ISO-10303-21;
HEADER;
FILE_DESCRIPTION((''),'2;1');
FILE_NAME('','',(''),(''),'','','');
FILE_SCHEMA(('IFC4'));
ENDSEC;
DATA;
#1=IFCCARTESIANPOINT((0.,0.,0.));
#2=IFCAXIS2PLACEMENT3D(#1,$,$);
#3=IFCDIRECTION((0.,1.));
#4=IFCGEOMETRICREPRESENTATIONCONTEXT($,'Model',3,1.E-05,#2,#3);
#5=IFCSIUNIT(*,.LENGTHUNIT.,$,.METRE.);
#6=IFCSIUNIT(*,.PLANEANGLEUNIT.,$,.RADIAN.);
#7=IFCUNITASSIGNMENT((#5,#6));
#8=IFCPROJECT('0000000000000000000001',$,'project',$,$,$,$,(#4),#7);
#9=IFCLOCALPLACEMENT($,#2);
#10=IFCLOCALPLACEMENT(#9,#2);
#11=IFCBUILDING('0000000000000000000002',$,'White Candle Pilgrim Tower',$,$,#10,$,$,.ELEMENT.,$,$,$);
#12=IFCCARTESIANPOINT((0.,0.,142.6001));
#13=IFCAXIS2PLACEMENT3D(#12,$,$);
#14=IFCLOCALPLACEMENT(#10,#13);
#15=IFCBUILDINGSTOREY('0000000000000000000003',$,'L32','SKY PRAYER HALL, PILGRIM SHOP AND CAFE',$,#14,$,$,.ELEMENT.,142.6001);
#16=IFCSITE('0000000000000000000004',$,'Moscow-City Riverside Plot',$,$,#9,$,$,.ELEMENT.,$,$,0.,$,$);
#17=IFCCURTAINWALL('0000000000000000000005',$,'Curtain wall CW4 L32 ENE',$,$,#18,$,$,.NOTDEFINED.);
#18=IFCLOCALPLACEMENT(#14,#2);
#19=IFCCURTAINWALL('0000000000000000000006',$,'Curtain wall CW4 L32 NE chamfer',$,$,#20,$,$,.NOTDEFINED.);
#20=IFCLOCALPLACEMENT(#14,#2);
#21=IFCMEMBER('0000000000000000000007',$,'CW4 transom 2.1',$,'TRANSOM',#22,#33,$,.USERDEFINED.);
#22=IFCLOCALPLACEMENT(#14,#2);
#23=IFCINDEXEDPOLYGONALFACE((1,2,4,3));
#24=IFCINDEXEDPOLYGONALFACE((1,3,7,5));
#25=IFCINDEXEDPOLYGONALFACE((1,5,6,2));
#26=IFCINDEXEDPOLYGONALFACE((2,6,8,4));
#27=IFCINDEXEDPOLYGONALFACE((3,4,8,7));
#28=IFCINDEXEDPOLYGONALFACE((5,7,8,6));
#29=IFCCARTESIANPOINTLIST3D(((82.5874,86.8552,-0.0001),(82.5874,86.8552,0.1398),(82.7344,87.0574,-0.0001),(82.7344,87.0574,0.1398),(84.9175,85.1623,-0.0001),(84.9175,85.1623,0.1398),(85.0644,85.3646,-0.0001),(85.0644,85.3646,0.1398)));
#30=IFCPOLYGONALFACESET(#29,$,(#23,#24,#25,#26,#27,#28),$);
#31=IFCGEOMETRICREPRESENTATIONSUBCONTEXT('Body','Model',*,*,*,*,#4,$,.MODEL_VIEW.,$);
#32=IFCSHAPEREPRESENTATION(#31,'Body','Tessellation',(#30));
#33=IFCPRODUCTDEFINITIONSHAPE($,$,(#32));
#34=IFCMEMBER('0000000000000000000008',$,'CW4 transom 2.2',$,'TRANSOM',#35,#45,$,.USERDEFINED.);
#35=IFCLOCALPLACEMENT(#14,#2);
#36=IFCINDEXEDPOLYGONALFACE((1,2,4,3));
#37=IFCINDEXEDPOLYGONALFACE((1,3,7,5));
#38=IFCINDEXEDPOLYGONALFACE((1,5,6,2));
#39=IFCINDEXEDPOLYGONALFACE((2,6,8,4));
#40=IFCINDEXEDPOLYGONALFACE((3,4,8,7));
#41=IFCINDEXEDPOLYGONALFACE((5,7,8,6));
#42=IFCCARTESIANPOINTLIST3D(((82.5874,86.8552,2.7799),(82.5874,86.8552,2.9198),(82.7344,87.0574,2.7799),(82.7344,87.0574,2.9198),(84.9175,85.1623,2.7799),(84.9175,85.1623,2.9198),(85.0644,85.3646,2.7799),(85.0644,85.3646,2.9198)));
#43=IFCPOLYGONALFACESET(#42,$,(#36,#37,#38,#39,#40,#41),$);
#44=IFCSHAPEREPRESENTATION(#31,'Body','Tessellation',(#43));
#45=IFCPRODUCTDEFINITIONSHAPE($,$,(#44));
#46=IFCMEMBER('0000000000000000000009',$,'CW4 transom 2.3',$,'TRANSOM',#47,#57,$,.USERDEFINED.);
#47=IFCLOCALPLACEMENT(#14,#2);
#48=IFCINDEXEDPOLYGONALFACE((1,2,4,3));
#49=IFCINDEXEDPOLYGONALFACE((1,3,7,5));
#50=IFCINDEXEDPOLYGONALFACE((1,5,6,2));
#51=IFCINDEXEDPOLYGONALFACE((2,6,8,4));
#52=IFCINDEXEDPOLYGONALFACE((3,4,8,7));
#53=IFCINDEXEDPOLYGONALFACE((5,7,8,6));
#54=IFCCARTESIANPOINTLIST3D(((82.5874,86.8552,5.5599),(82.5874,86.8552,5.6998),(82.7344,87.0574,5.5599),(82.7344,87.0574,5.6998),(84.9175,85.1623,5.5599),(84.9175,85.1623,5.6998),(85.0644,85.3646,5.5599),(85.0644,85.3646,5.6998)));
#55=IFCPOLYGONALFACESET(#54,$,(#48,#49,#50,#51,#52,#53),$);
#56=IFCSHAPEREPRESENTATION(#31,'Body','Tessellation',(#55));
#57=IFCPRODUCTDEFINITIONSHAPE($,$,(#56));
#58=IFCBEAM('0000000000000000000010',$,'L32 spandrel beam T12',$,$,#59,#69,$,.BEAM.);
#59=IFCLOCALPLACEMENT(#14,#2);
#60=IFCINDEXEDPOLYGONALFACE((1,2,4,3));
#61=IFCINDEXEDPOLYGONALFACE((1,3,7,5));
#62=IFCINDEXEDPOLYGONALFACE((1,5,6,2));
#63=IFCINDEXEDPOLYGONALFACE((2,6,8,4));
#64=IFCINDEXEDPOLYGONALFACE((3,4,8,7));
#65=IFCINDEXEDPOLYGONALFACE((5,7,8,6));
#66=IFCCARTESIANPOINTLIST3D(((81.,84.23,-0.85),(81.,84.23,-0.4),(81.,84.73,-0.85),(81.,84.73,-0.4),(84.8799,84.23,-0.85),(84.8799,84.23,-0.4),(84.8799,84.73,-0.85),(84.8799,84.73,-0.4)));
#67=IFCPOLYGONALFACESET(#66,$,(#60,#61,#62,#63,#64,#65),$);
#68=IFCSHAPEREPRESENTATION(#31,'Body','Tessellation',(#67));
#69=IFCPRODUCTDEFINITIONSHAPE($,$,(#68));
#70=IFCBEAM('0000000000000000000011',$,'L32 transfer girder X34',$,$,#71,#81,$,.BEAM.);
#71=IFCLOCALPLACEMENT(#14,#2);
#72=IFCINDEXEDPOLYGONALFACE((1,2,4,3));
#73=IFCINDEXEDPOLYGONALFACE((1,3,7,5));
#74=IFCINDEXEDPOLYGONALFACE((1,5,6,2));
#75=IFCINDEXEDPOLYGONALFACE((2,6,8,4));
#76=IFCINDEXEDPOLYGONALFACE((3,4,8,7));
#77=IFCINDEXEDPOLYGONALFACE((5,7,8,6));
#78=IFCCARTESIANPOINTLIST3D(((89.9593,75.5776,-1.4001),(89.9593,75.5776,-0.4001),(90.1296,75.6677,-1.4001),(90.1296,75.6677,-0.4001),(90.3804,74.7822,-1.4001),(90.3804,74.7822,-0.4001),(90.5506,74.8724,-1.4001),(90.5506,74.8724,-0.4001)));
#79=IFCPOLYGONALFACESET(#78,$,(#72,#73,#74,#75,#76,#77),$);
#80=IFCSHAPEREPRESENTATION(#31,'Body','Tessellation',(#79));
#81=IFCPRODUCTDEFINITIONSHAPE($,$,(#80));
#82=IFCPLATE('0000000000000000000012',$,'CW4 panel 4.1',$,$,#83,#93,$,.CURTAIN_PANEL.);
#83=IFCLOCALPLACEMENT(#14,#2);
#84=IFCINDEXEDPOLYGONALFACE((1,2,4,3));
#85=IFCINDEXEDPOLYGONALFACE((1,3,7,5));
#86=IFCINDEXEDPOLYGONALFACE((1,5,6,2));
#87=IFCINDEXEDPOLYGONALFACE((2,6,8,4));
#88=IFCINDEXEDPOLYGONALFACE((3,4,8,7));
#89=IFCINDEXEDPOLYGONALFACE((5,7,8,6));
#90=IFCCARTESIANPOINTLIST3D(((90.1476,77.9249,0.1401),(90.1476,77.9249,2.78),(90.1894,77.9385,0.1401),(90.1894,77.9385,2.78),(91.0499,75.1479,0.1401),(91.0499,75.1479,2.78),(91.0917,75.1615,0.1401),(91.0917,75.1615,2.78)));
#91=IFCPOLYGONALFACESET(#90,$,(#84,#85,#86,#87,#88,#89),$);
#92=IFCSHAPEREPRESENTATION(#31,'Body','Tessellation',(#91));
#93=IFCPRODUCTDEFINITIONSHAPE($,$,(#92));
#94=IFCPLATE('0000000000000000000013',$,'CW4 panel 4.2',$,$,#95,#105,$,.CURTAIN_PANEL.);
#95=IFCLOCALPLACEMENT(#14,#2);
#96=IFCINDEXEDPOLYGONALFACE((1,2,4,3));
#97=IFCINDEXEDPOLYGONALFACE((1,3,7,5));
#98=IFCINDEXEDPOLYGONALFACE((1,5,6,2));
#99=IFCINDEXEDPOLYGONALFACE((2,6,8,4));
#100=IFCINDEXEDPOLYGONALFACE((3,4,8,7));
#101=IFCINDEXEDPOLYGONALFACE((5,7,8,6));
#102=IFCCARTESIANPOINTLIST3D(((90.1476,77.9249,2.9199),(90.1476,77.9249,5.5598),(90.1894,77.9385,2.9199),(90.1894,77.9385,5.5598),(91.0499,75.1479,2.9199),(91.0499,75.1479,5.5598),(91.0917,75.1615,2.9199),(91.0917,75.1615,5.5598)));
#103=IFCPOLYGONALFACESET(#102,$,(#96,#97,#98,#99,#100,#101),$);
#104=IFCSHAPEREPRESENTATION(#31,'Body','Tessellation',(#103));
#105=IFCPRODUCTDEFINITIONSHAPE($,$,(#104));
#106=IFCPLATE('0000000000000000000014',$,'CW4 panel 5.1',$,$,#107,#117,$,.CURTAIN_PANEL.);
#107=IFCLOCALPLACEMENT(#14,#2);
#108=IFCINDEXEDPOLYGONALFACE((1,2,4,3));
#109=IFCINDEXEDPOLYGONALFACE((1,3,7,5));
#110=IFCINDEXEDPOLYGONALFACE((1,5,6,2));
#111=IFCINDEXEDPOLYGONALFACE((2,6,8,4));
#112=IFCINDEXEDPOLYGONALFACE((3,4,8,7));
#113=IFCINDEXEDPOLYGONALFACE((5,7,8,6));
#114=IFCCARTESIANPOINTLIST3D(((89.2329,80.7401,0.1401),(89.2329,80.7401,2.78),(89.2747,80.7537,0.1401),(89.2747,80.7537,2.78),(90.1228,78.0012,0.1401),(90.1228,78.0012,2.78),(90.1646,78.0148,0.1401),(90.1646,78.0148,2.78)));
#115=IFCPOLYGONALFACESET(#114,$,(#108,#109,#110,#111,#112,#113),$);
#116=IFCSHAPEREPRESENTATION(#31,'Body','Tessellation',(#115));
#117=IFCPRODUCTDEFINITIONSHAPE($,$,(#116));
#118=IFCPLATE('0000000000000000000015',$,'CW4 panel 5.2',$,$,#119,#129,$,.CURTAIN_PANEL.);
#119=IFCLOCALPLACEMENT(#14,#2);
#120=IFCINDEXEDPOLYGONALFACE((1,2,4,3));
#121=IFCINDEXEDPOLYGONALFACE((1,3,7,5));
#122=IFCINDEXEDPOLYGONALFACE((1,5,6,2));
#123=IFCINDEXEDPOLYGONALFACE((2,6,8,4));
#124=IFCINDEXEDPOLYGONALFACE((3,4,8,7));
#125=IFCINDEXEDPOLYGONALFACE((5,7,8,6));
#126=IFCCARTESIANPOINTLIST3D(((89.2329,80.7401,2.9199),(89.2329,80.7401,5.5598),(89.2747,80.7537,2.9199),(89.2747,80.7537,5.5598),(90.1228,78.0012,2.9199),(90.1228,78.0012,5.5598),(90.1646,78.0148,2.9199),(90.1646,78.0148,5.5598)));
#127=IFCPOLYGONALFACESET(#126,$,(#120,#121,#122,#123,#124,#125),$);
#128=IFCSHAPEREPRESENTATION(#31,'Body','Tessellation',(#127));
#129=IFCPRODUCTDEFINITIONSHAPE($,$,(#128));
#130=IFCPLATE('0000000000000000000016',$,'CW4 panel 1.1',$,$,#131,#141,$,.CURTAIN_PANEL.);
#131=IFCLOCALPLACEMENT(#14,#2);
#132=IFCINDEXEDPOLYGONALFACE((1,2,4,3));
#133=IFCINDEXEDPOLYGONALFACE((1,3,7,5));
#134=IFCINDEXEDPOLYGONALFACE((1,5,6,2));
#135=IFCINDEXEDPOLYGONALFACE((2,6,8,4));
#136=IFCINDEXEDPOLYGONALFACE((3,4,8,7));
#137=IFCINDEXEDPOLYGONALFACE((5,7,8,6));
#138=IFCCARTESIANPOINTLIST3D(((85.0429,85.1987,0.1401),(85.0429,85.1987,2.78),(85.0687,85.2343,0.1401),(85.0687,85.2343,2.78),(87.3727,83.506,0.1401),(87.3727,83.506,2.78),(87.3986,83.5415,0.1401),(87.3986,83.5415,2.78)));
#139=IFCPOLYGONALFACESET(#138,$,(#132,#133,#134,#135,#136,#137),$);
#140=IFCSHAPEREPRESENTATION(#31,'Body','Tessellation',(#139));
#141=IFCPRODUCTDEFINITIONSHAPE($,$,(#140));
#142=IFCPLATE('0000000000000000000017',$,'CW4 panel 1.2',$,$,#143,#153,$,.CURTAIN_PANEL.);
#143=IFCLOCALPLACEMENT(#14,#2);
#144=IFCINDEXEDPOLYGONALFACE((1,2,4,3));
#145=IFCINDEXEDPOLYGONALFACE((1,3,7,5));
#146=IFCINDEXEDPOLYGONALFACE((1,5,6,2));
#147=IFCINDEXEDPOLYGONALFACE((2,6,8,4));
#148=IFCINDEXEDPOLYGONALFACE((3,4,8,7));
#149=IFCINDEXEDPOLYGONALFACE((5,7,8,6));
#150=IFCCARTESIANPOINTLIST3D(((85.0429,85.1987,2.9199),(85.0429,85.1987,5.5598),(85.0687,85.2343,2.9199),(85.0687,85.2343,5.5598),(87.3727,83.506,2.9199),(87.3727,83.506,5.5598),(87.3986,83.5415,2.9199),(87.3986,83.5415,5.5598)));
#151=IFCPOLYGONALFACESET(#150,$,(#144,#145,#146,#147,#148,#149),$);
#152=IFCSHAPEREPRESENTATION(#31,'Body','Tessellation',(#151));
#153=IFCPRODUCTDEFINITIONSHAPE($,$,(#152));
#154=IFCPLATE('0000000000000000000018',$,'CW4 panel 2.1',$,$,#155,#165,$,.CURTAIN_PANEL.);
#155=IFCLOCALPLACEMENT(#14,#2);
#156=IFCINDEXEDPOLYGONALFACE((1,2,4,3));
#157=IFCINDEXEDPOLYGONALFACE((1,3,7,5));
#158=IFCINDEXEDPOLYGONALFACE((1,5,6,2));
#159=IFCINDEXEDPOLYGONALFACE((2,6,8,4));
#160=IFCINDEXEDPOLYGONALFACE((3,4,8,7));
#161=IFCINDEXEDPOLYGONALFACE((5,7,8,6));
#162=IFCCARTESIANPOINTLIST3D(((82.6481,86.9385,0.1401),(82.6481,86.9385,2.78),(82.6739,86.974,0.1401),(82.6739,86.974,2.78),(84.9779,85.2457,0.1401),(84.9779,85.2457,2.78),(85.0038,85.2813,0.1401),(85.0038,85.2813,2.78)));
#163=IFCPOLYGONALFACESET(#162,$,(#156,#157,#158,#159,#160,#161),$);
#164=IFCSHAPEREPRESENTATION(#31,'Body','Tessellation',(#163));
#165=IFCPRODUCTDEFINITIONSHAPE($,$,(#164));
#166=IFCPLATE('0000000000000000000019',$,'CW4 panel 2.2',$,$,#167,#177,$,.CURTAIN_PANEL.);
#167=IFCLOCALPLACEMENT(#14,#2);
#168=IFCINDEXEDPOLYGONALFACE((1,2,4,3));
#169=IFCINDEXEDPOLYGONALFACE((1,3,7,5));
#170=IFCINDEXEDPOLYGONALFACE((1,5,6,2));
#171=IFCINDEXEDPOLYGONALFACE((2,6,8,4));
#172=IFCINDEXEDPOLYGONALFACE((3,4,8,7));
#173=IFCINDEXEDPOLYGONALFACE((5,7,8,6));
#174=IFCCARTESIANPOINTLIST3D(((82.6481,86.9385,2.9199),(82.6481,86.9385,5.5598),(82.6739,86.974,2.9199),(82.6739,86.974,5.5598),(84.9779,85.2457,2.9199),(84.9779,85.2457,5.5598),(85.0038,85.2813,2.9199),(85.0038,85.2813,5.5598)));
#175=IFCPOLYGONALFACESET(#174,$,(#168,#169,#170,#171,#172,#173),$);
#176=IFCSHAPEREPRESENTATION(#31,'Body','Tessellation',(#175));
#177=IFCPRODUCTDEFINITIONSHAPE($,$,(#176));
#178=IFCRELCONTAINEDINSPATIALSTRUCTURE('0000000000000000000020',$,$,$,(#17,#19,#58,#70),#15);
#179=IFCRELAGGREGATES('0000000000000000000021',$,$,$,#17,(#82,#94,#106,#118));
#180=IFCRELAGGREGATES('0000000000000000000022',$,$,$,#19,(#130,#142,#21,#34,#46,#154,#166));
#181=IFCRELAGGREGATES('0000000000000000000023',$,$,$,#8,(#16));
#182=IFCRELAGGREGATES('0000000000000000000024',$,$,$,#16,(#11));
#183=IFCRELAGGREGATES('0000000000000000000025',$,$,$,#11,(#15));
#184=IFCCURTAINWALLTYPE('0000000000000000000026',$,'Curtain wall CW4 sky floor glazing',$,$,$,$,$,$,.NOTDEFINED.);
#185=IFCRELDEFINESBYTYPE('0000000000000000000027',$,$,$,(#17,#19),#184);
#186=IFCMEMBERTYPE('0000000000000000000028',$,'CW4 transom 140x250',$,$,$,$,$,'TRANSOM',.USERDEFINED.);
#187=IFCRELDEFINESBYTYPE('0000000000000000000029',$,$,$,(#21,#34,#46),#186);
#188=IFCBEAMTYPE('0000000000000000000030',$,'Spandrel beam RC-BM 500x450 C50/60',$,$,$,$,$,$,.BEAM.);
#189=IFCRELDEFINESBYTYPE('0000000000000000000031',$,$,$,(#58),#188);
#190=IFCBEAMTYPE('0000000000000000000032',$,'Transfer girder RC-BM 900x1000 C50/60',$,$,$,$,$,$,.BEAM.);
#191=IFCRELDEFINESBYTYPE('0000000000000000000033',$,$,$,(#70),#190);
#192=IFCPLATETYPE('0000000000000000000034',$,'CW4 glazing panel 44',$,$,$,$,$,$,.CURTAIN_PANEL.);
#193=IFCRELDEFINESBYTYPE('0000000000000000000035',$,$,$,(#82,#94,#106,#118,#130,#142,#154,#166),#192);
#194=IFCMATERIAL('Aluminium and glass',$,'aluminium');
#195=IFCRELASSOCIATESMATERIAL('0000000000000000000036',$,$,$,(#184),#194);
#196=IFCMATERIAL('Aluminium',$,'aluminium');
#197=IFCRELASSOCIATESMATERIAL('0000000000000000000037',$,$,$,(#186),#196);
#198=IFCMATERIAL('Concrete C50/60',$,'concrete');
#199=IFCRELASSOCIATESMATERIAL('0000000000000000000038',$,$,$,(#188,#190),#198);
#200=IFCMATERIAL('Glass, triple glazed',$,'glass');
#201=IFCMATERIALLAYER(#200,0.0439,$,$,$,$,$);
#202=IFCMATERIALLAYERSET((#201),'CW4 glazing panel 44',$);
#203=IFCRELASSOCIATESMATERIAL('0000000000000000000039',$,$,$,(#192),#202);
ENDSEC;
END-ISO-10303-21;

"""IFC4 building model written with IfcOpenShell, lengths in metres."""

from ifc_helpers import new_model, si_unit, direction, frame, origin, origin_2d, place, context, subcontext, project, spatial, rectangle, extrude, material, layer, layer_set, material_profile, profile_set, type_object, element, aggregate, save


model = new_model("IFC4")

# Units and contexts
model_context = context("Model", 3, precision=1e-05, world=origin(), true_north=direction((0.0, 1.0)))
body_context = subcontext(model_context, "Body", "Model", "MODEL_VIEW")
ifc_project = project(units=[si_unit("LENGTHUNIT", "METRE"), si_unit("PLANEANGLEUNIT", "RADIAN")], contexts=[model_context])

# Site, building, storey
site_placement = place(None, origin())
site = spatial("IfcSite", under=ifc_project, at=site_placement, Name="Moscow-City Riverside Plot", CompositionType="ELEMENT", RefElevation=0.0)
building_placement = place(site_placement, origin())
building = spatial("IfcBuilding", under=site, at=building_placement, Name="White Candle Pilgrim Tower", CompositionType="ELEMENT")
storey_placement = place(building_placement, frame((0.0, 0.0, 142.6001)))
storey = spatial("IfcBuildingStorey", under=building, at=storey_placement, Name="L32", Description="SKY PRAYER HALL, PILGRIM SHOP AND CAFE", CompositionType="ELEMENT", Elevation=142.6001)

# Curtain walls
ifc_material_1 = material(Name="Aluminium and glass", Category="aluminium")
curtain_wall_type = type_object("IfcCurtainWallType", Name="Curtain wall CW4 sky floor glazing", PredefinedType="NOTDEFINED", material=ifc_material_1)
curtain_wall_1_placement = place(storey_placement, origin())
curtain_wall_1 = element("IfcCurtainWall", 1, at=curtain_wall_1_placement, inside=storey, type_object=curtain_wall_type, Name="Curtain wall CW4 L32 ENE", PredefinedType="NOTDEFINED")
ifc_material_2 = material(Name="Aluminium", Category="aluminium")
curtain_wall_2_placement = place(storey_placement, origin())
curtain_wall_2 = element("IfcCurtainWall", 2, at=curtain_wall_2_placement, inside=storey, type_object=curtain_wall_type, Name="Curtain wall CW4 L32 NE chamfer", PredefinedType="NOTDEFINED")

# Members
ifc_material_profile_1 = material_profile(ifc_material_2, rectangle(XDim=0.25, YDim=0.1399, at=origin_2d()), Name="CW4 transom 140x250")
ifc_profile_set_1 = profile_set([ifc_material_profile_1], Name="Aluminium")
member_type_1 = type_object("IfcMemberType", Name="CW4 transom 140x250", ElementType="TRANSOM", PredefinedType="USERDEFINED", material=ifc_profile_set_1)
member_1_placement = place(storey_placement, frame((84.991, 85.2634, 0.0698), z_axis=(-0.809022, 0.587778, 0.0), x_axis=(-0.587778, -0.809022, 0.0)))
member_1 = element("IfcMember", 3, at=member_1_placement, type_object=member_type_1, Name="CW4 transom 2.1", ObjectType="TRANSOM", PredefinedType="USERDEFINED", context=body_context, shape_type="SweptSolid", body=[
    extrude(rectangle(XDim=0.25, YDim=0.1399, at=origin_2d()), origin(), (0.0, 0.0, 1.0), 2.8801),
])
member_2_placement = place(storey_placement, frame((84.991, 85.2634, 2.8499), z_axis=(-0.809022, 0.587778, 0.0), x_axis=(-0.587778, -0.809022, 0.0)))
member_2 = element("IfcMember", 4, at=member_2_placement, type_object=member_type_1, Name="CW4 transom 2.2", ObjectType="TRANSOM", PredefinedType="USERDEFINED", context=body_context, shape_type="SweptSolid", body=[
    extrude(rectangle(XDim=0.25, YDim=0.1399, at=origin_2d()), origin(), (0.0, 0.0, 1.0), 2.8801),
])
member_3_placement = place(storey_placement, frame((84.991, 85.2634, 5.6299), z_axis=(-0.809022, 0.587778, 0.0), x_axis=(-0.587778, -0.809022, 0.0)))
member_3 = element("IfcMember", 5, at=member_3_placement, type_object=member_type_1, Name="CW4 transom 2.3", ObjectType="TRANSOM", PredefinedType="USERDEFINED", context=body_context, shape_type="SweptSolid", body=[
    extrude(rectangle(XDim=0.25, YDim=0.1399, at=origin_2d()), origin(), (0.0, 0.0, 1.0), 2.8801),
])

# Beams
ifc_material_3 = material(Name="Concrete C50/60", Category="concrete")
ifc_material_profile_2 = material_profile(ifc_material_3, rectangle(XDim=0.5, YDim=0.45, at=origin_2d()), Name="RC-BM 500x450")
ifc_profile_set_2 = profile_set([ifc_material_profile_2], Name="Concrete C50/60")
beam_type_1 = type_object("IfcBeamType", Name="Spandrel beam RC-BM 500x450 C50/60", PredefinedType="BEAM", material=ifc_profile_set_2)
beam_1_placement = place(storey_placement, frame((84.8799, 84.48, -0.625), z_axis=(-1.0, 0.0, 0.0), x_axis=(0.0, -1.0, 0.0)))
element("IfcBeam", 6, at=beam_1_placement, inside=storey, type_object=beam_type_1, Name="L32 spandrel beam T12", PredefinedType="BEAM", context=body_context, shape_type="SweptSolid", body=[
    extrude(rectangle(XDim=0.5, YDim=0.45, at=origin_2d()), origin(), (0.0, 0.0, 1.0), 3.8799),
])
ifc_material_profile_3 = material_profile(ifc_material_3, rectangle(XDim=0.8999, YDim=1.0, at=origin_2d()), Name="RC-BM 900x1000")
ifc_profile_set_3 = profile_set([ifc_material_profile_3], Name="Concrete C50/60")
beam_type_2 = type_object("IfcBeamType", Name="Transfer girder RC-BM 900x1000 C50/60", PredefinedType="BEAM", material=ifc_profile_set_3)
beam_2_placement = place(storey_placement, frame((90.3401, 75.27, -0.9001), z_axis=(-0.883788, -0.467888, 0.0), x_axis=(0.467888, -0.883788, 0.0)))
element("IfcBeam", 7, at=beam_2_placement, inside=storey, type_object=beam_type_2, Name="L32 transfer girder X34", PredefinedType="BEAM", context=body_context, shape_type="SweptSolid", body=[
    extrude(rectangle(XDim=0.8999, YDim=1.0, at=origin_2d()), origin(), (0.0, 0.0, 1.0), 0.1926),
])

# Plates
ifc_material_4 = material(Name="Glass, triple glazed", Category="glass")
ifc_layer_1 = layer(ifc_material_4, 0.0439)
ifc_layer_set_1 = layer_set([ifc_layer_1], Name="CW4 glazing panel 44")
plate_type = type_object("IfcPlateType", Name="CW4 glazing panel 44", PredefinedType="CURTAIN_PANEL", material=ifc_layer_set_1)
plate_1_placement = place(storey_placement, frame((90.6196, 76.5432, 0.1401), z_axis=(0.0, 0.0, 1.0), x_axis=(-0.309017, 0.951057, 0.0)))
plate_1 = element("IfcPlate", 8, at=plate_1_placement, type_object=plate_type, Name="CW4 panel 4.1", PredefinedType="CURTAIN_PANEL", context=body_context, shape_type="SweptSolid", body=[
    extrude(rectangle(XDim=2.9199, YDim=0.0439, at=origin_2d()), origin(), (0.0, 0.0, 1.0), 2.6399),
])
plate_2_placement = place(storey_placement, frame((90.6196, 76.5432, 2.9199), z_axis=(0.0, 0.0, 1.0), x_axis=(-0.309017, 0.951057, 0.0)))
plate_2 = element("IfcPlate", 9, at=plate_2_placement, type_object=plate_type, Name="CW4 panel 4.2", PredefinedType="CURTAIN_PANEL", context=body_context, shape_type="SweptSolid", body=[
    extrude(rectangle(XDim=2.9199, YDim=0.0439, at=origin_2d()), origin(), (0.0, 0.0, 1.0), 2.6399),
])
plate_3_placement = place(storey_placement, frame((89.6987, 79.3774, 0.1401), z_axis=(0.0, 0.0, 1.0), x_axis=(-0.309017, 0.951057, 0.0)))
plate_3 = element("IfcPlate", 10, at=plate_3_placement, type_object=plate_type, Name="CW4 panel 5.1", PredefinedType="CURTAIN_PANEL", context=body_context, shape_type="SweptSolid", body=[
    extrude(rectangle(XDim=2.8799, YDim=0.0439, at=origin_2d()), origin(), (0.0, 0.0, 1.0), 2.6399),
])
plate_4_placement = place(storey_placement, frame((89.6987, 79.3774, 2.9199), z_axis=(0.0, 0.0, 1.0), x_axis=(-0.309017, 0.951057, 0.0)))
plate_4 = element("IfcPlate", 11, at=plate_4_placement, type_object=plate_type, Name="CW4 panel 5.2", PredefinedType="CURTAIN_PANEL", context=body_context, shape_type="SweptSolid", body=[
    extrude(rectangle(XDim=2.8799, YDim=0.0439, at=origin_2d()), origin(), (0.0, 0.0, 1.0), 2.6399),
])
aggregate(curtain_wall_1, [plate_1, plate_2, plate_3, plate_4])
plate_5_placement = place(storey_placement, frame((86.2207, 84.3701, 0.1401), z_axis=(0.0, 0.0, 1.0), x_axis=(-0.809017, 0.587785, 0.0)))
plate_5 = element("IfcPlate", 12, at=plate_5_placement, type_object=plate_type, Name="CW4 panel 1.1", PredefinedType="CURTAIN_PANEL", context=body_context, shape_type="SweptSolid", body=[
    extrude(rectangle(XDim=2.8799, YDim=0.0439, at=origin_2d()), origin(), (0.0, 0.0, 1.0), 2.6399),
])
plate_6_placement = place(storey_placement, frame((86.2207, 84.3701, 2.9199), z_axis=(0.0, 0.0, 1.0), x_axis=(-0.809017, 0.587785, 0.0)))
plate_6 = element("IfcPlate", 13, at=plate_6_placement, type_object=plate_type, Name="CW4 panel 1.2", PredefinedType="CURTAIN_PANEL", context=body_context, shape_type="SweptSolid", body=[
    extrude(rectangle(XDim=2.8799, YDim=0.0439, at=origin_2d()), origin(), (0.0, 0.0, 1.0), 2.6399),
])
plate_7_placement = place(storey_placement, frame((83.8259, 86.1099, 0.1401), z_axis=(0.0, 0.0, 1.0), x_axis=(-0.809017, 0.587785, 0.0)))
plate_7 = element("IfcPlate", 14, at=plate_7_placement, type_object=plate_type, Name="CW4 panel 2.1", PredefinedType="CURTAIN_PANEL", context=body_context, shape_type="SweptSolid", body=[
    extrude(rectangle(XDim=2.8799, YDim=0.0439, at=origin_2d()), origin(), (0.0, 0.0, 1.0), 2.6399),
])
plate_8_placement = place(storey_placement, frame((83.8259, 86.1099, 2.9199), z_axis=(0.0, 0.0, 1.0), x_axis=(-0.809017, 0.587785, 0.0)))
plate_8 = element("IfcPlate", 15, at=plate_8_placement, type_object=plate_type, Name="CW4 panel 2.2", PredefinedType="CURTAIN_PANEL", context=body_context, shape_type="SweptSolid", body=[
    extrude(rectangle(XDim=2.8799, YDim=0.0439, at=origin_2d()), origin(), (0.0, 0.0, 1.0), 2.6399),
])
aggregate(curtain_wall_2, [plate_5, plate_6, member_1, member_2, member_3, plate_7, plate_8])

save(model, "model.ifc")
